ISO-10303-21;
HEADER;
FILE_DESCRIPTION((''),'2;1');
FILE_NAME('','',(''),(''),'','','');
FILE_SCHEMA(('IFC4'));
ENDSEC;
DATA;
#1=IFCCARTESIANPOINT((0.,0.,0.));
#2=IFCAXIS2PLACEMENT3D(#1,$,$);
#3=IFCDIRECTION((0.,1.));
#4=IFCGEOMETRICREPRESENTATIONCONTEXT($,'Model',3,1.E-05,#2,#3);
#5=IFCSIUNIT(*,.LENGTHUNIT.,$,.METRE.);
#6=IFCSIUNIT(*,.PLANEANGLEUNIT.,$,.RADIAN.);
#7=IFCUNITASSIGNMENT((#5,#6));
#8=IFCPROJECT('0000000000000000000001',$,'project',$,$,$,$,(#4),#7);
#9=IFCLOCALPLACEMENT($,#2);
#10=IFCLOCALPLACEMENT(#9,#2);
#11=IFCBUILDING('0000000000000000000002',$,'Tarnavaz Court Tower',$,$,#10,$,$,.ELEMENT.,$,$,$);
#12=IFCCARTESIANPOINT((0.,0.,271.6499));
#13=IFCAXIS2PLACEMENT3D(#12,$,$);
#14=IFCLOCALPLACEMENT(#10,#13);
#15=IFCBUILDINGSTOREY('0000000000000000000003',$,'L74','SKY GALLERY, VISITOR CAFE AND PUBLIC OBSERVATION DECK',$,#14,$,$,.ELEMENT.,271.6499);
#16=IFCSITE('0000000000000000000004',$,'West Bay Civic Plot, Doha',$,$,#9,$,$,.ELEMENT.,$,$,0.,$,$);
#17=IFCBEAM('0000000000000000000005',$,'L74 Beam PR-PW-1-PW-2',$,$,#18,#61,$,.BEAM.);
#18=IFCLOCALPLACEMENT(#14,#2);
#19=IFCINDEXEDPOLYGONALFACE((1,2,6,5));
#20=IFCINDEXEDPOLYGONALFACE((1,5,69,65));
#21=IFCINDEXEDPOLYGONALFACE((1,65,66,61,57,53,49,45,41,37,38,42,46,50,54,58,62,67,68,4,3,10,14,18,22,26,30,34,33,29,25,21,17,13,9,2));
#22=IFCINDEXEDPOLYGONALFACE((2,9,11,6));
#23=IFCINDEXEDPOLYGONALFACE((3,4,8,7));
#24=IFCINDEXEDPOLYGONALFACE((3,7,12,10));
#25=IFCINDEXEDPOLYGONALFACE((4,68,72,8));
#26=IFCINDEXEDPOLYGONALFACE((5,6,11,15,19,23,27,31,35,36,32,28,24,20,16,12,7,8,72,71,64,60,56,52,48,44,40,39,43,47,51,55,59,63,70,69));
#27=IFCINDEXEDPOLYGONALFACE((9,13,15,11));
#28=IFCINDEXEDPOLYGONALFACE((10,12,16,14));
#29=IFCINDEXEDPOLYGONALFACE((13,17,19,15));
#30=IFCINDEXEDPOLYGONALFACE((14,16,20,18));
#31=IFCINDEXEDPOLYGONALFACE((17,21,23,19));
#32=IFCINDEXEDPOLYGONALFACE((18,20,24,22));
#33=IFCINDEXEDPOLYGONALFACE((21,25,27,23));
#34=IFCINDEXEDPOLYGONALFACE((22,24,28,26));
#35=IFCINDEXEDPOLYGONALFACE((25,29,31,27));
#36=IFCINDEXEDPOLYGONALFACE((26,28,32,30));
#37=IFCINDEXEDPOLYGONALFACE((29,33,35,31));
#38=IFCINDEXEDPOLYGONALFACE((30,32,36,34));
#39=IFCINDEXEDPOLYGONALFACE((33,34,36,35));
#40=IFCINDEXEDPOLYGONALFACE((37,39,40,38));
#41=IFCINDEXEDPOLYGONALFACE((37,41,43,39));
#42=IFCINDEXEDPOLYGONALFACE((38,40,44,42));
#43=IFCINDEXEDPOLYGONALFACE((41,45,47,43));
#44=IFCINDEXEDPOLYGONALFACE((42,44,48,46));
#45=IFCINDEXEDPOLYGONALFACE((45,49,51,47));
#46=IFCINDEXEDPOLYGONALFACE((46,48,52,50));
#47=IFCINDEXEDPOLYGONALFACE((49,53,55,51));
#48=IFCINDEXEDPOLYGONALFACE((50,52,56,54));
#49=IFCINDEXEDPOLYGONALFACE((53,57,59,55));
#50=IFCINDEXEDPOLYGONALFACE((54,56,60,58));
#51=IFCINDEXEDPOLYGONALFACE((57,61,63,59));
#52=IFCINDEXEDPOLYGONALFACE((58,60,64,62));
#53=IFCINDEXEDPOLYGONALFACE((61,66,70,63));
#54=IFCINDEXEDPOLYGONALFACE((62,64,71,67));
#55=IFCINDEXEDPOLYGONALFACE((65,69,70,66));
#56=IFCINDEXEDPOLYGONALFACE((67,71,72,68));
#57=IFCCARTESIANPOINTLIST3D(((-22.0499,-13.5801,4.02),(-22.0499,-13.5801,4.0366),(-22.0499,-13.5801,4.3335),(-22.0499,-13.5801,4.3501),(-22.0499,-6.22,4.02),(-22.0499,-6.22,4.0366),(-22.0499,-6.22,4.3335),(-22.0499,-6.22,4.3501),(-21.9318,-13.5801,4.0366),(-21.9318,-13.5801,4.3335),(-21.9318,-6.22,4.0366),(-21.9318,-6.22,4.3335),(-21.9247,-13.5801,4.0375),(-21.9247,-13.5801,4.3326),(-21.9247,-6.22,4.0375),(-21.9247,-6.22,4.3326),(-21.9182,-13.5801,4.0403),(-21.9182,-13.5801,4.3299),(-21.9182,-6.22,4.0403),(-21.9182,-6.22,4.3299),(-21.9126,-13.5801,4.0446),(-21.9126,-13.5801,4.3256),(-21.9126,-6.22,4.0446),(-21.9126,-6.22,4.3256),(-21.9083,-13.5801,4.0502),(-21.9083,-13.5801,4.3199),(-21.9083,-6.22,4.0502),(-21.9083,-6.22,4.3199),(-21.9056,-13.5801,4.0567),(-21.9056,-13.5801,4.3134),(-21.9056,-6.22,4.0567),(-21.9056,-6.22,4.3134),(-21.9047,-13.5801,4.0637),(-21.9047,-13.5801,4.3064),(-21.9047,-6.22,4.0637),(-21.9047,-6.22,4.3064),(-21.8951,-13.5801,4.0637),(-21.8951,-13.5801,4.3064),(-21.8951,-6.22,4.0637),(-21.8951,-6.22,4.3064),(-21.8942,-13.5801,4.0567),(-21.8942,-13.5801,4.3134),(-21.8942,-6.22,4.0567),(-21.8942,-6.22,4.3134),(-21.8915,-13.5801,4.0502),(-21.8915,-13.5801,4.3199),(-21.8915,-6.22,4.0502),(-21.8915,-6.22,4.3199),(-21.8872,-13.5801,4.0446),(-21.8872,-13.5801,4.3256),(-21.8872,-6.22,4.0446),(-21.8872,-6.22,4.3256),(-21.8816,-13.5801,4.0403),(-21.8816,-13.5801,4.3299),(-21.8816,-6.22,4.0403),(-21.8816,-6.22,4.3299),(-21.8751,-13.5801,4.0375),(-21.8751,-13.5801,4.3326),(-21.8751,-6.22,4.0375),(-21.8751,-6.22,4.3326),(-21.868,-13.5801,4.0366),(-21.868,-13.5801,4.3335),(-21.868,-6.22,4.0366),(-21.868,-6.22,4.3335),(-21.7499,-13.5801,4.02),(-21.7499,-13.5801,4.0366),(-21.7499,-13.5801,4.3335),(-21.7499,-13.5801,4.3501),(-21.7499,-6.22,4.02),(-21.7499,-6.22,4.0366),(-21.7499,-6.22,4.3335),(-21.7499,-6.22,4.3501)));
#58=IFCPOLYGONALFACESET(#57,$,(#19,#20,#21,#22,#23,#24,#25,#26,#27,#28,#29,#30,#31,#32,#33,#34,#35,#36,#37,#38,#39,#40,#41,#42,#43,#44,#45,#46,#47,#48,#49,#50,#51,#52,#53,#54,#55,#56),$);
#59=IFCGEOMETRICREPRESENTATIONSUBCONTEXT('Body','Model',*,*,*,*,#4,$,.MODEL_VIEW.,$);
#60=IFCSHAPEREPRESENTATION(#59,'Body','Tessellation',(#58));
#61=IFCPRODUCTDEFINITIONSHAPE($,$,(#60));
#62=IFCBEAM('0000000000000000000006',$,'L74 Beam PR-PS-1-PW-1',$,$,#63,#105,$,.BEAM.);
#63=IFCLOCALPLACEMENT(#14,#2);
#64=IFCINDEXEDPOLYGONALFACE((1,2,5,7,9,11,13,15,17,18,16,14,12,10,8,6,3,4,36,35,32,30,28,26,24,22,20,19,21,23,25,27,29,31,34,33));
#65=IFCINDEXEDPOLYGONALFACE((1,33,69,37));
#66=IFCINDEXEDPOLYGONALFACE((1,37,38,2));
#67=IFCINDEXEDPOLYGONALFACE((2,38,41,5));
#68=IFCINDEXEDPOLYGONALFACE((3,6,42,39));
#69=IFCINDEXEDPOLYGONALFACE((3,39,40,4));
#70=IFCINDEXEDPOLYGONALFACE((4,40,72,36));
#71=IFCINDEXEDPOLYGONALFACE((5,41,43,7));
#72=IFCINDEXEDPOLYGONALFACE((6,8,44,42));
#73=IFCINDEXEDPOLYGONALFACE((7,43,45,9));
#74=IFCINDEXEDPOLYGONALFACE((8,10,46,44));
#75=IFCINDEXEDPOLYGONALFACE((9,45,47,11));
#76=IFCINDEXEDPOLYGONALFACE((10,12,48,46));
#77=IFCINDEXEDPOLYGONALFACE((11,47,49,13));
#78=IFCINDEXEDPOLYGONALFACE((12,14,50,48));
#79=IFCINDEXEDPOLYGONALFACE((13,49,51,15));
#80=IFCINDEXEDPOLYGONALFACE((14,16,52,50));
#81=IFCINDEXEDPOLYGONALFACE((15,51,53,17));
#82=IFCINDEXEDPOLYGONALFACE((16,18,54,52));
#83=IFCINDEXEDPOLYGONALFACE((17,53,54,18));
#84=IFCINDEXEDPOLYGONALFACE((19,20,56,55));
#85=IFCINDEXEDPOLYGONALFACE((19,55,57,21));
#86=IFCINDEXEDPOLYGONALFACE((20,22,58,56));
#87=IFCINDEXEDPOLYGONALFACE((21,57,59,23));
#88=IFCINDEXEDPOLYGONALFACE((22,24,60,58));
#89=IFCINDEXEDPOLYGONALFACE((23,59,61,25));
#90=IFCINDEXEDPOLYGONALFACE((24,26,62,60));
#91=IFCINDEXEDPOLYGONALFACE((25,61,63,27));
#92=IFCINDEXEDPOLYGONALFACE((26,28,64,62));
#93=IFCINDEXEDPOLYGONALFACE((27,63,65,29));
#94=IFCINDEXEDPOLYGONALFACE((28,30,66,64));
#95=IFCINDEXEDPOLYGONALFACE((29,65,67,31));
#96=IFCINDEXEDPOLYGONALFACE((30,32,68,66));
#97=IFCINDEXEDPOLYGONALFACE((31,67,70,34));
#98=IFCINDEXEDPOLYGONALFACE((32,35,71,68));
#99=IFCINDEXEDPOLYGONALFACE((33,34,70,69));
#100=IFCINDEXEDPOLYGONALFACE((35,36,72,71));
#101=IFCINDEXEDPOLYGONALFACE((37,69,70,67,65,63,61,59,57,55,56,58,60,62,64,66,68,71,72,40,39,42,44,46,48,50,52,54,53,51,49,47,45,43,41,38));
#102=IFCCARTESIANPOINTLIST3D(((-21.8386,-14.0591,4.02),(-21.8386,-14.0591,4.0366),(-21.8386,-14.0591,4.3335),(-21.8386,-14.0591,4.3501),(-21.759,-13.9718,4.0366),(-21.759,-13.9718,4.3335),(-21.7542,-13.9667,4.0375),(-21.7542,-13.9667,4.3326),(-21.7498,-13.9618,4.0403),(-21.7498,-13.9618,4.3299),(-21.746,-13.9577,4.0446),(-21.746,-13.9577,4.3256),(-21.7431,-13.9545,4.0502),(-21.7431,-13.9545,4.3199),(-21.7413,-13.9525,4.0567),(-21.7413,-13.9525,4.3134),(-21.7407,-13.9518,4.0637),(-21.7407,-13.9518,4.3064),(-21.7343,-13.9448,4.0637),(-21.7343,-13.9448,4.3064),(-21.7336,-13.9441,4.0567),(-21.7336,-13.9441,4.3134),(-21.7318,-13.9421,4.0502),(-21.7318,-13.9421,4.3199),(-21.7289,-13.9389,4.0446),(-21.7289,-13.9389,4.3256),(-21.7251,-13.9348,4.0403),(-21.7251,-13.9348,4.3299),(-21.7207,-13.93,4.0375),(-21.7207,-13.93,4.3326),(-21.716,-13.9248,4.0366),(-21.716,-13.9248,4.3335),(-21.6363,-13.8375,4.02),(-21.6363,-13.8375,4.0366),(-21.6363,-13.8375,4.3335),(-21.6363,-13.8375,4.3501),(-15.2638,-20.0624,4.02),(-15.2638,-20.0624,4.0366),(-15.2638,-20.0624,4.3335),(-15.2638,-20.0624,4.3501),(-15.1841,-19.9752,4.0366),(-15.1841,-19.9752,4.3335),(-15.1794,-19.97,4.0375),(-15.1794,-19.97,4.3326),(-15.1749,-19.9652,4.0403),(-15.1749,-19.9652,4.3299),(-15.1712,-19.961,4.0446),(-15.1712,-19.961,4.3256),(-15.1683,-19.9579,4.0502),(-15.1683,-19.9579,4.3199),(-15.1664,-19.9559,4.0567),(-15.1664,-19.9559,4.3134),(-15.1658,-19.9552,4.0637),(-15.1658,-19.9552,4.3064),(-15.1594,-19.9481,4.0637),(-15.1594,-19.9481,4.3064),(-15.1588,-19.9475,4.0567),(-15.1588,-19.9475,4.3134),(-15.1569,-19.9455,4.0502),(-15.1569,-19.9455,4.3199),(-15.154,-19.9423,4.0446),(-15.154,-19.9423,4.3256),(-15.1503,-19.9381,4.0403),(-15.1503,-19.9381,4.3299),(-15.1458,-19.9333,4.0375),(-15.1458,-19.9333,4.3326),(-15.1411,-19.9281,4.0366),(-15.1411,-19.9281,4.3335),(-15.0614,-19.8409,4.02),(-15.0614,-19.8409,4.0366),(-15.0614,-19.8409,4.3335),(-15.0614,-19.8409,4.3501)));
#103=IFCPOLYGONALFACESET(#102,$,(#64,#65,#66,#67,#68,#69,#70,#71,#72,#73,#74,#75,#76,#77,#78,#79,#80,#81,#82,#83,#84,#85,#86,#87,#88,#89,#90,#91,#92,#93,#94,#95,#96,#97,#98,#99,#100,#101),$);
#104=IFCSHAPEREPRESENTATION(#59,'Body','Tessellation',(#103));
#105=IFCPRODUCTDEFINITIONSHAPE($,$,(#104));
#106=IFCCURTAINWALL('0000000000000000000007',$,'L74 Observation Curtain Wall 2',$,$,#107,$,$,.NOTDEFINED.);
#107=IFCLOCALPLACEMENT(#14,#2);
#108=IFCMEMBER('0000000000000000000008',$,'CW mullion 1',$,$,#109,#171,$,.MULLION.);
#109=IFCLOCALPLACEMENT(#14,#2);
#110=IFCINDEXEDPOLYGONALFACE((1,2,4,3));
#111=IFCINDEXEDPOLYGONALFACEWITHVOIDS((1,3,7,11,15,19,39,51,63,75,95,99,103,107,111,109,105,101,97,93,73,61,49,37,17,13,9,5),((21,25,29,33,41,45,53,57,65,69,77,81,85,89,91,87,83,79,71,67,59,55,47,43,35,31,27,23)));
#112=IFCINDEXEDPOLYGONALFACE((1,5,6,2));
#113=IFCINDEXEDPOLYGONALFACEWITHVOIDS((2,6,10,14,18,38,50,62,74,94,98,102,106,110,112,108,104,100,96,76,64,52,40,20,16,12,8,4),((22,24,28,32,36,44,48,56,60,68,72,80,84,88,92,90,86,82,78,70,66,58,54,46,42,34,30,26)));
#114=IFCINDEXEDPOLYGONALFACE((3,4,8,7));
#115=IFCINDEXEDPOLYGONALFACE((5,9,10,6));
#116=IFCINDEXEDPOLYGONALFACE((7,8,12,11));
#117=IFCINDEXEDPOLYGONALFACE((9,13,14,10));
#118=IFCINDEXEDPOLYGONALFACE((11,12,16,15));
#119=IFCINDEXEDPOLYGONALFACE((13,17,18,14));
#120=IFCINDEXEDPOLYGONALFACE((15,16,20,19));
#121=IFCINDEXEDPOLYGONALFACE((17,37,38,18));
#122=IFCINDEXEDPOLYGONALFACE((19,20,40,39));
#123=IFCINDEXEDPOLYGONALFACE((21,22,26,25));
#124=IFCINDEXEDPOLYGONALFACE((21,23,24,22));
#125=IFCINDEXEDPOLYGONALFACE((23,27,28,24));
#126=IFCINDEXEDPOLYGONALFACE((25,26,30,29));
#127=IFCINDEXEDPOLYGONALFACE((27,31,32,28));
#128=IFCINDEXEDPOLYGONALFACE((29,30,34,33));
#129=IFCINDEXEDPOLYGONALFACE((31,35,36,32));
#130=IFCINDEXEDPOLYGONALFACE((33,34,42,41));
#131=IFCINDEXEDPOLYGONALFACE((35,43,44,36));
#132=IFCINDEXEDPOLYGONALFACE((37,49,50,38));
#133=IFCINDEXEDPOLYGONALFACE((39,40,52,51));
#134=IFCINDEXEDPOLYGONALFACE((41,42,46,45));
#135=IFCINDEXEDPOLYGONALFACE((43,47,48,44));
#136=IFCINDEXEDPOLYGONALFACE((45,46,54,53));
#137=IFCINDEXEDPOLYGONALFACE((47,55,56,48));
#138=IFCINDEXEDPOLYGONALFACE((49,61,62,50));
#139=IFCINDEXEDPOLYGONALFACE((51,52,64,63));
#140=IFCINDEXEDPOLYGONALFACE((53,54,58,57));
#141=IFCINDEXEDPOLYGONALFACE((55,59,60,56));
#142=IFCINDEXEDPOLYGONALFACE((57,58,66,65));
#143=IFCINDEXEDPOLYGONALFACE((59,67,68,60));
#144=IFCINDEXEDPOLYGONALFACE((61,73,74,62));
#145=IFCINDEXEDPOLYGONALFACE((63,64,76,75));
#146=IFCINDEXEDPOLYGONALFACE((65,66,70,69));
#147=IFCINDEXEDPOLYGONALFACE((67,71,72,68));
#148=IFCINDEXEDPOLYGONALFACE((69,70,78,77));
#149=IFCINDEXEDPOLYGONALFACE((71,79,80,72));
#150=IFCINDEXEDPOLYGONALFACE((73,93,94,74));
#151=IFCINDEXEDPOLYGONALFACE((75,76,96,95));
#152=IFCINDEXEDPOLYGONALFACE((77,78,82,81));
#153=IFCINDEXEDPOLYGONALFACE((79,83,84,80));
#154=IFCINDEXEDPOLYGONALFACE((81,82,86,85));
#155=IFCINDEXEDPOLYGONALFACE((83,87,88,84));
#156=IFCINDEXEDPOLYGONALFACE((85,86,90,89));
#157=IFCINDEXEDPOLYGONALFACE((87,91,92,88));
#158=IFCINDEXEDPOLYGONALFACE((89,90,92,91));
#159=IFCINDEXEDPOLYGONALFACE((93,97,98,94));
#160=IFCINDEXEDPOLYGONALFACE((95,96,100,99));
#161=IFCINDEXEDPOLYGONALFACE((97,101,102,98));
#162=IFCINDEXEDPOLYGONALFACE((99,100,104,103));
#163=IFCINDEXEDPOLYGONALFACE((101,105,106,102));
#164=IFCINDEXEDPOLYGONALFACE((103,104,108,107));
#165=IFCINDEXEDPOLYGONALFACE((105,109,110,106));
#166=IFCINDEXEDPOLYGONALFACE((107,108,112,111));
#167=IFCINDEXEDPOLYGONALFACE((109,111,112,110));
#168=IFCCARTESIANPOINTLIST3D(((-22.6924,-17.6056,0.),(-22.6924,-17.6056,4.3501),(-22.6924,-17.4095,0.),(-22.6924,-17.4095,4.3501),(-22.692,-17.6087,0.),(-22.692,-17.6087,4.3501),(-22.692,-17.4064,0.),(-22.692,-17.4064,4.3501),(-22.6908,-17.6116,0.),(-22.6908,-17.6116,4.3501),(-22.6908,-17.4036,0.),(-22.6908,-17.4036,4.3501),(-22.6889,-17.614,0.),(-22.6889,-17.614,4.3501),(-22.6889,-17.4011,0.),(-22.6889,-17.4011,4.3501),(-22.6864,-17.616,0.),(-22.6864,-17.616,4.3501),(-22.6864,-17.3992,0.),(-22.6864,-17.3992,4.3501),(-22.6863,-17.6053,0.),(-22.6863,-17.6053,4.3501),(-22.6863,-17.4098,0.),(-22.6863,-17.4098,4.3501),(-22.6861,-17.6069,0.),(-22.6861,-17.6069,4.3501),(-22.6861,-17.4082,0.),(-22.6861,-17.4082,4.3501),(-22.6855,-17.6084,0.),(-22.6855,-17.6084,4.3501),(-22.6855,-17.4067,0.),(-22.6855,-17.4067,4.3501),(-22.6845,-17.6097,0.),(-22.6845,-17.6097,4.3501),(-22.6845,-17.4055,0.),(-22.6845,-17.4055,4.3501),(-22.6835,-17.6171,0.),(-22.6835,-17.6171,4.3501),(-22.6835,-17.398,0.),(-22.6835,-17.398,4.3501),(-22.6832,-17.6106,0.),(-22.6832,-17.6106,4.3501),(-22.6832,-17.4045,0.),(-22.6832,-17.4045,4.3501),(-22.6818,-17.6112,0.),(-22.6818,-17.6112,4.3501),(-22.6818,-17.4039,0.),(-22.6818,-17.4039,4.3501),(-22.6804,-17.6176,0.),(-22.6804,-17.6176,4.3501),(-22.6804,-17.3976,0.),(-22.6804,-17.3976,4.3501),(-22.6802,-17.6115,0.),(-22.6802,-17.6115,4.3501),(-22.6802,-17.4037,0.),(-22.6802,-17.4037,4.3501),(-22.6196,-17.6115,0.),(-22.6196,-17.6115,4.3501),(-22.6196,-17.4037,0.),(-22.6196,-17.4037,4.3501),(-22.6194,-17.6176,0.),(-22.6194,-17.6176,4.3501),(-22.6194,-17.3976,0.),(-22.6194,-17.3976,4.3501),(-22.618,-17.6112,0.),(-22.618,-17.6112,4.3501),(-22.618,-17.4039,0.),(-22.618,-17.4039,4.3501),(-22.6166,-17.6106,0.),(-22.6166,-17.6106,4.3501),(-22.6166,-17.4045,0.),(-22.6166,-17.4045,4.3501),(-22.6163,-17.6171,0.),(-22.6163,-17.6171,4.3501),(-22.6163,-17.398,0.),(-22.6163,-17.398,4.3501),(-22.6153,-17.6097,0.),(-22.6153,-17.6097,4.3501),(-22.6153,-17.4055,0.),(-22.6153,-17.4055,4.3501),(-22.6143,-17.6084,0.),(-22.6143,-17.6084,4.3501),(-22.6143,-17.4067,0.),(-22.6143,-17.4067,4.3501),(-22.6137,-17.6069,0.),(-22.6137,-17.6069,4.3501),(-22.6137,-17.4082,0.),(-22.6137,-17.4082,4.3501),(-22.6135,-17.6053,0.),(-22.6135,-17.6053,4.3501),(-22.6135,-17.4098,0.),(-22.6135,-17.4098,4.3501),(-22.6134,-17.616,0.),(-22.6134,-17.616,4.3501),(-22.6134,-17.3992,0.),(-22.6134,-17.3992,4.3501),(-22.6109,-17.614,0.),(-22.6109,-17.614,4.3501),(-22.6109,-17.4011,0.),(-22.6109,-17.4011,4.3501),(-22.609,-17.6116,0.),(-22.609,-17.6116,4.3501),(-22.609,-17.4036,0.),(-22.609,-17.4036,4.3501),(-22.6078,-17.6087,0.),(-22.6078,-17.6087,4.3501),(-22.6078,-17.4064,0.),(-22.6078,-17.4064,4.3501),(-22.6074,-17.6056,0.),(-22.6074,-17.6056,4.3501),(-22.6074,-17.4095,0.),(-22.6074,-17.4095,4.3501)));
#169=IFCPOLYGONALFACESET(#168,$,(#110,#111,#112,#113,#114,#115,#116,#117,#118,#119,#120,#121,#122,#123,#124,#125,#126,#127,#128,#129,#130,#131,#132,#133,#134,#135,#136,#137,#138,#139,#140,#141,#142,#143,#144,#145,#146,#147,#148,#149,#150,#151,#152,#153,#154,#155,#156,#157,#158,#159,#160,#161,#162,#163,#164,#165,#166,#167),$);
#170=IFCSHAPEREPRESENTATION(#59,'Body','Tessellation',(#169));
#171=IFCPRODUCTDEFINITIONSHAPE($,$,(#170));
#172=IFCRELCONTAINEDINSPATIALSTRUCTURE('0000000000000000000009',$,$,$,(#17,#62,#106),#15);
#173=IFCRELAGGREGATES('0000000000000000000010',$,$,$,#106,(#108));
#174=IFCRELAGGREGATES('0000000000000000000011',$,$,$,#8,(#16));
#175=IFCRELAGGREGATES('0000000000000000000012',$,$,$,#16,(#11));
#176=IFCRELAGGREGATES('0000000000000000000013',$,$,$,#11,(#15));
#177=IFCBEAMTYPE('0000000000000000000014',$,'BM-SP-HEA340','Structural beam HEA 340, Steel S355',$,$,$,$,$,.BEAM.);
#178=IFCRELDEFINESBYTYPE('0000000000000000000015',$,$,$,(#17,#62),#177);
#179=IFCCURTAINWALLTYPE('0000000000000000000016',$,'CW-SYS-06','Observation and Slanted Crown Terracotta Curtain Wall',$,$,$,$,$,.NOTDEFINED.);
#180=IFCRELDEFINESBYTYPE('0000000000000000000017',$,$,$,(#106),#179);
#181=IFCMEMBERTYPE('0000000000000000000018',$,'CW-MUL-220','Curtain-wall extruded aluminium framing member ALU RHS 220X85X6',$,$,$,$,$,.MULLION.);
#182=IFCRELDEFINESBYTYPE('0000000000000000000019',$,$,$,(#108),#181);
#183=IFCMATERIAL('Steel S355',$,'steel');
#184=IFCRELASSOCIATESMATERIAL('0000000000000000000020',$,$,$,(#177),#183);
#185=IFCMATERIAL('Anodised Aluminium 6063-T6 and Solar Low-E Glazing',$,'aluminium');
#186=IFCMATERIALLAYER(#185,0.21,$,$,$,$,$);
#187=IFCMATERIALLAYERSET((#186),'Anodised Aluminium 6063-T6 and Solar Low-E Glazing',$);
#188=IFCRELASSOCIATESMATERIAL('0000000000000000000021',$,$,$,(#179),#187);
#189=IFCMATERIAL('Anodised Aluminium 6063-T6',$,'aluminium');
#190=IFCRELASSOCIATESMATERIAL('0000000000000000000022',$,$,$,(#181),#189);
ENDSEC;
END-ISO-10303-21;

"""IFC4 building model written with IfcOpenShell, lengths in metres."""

from ifc_helpers import new_model, si_unit, direction, frame, origin, origin_2d, place, context, subcontext, project, spatial, hollow_rectangle, i_section, extrude, material, layer, layer_set, material_profile, profile_set, type_object, element, aggregate, save


model = new_model("IFC4")

# Units and contexts
model_context = context("Model", 3, precision=1e-05, world=origin(), true_north=direction((0.0, 1.0)))
body_context = subcontext(model_context, "Body", "Model", "MODEL_VIEW")
ifc_project = project(units=[si_unit("LENGTHUNIT", "METRE"), si_unit("PLANEANGLEUNIT", "RADIAN")], contexts=[model_context])

# Site, building, storey
site_placement = place(None, origin())
site = spatial("IfcSite", under=ifc_project, at=site_placement, Name="West Bay Civic Plot, Doha", CompositionType="ELEMENT", RefElevation=0.0)
building_placement = place(site_placement, origin())
building = spatial("IfcBuilding", under=site, at=building_placement, Name="Tarnavaz Court Tower", CompositionType="ELEMENT")
storey_placement = place(building_placement, frame((0.0, 0.0, 271.6499)))
storey = spatial("IfcBuildingStorey", under=building, at=storey_placement, Name="L74", Description="SKY GALLERY, VISITOR CAFE AND PUBLIC OBSERVATION DECK", CompositionType="ELEMENT", Elevation=271.6499)

# Beams
ifc_material_1 = material(Name="Steel S355", Category="steel")
ifc_material_profile_1 = material_profile(ifc_material_1, i_section(OverallWidth=0.3, OverallDepth=0.3301, WebThickness=0.0095, FlangeThickness=0.0166, FilletRadius=0.0271, at=origin_2d()), Name="HEA 340")
ifc_profile_set_1 = profile_set([ifc_material_profile_1], Name="Steel S355")
beam_type_1 = type_object("IfcBeamType", Name="BM-SP-HEA340", Description="Structural beam HEA 340, Steel S355", PredefinedType="BEAM", material=ifc_profile_set_1)
beam_1_placement = place(storey_placement, frame((-21.8999, -13.5801, 4.1851), z_axis=(0.0, 1.0, 0.0), x_axis=(-1.0, 0.0, 0.0)))
element("IfcBeam", 1, at=beam_1_placement, inside=storey, type_object=beam_type_1, Name="L74 Beam PR-PW-1-PW-2", PredefinedType="BEAM", context=body_context, shape_type="SweptSolid", body=[
    extrude(i_section(OverallWidth=0.3, OverallDepth=0.3301, WebThickness=0.0095, FlangeThickness=0.0166, FilletRadius=0.0271, at=origin_2d()), origin(), (0.0, 0.0, 1.0), 7.3601),
])
beam_2_placement = place(storey_placement, frame((-15.1626, -19.9517, 4.1851), z_axis=(-0.738474, 0.674282, 0.0), x_axis=(-0.674282, -0.738474, 0.0)))
element("IfcBeam", 2, at=beam_2_placement, inside=storey, type_object=beam_type_1, Name="L74 Beam PR-PS-1-PW-1", PredefinedType="BEAM", context=body_context, shape_type="SweptSolid", body=[
    extrude(i_section(OverallWidth=0.3, OverallDepth=0.3301, WebThickness=0.0095, FlangeThickness=0.0166, FilletRadius=0.0271, at=origin_2d()), origin(), (0.0, 0.0, 1.0), 8.9033),
])

# Curtain wall, member
ifc_material_2 = material(Name="Anodised Aluminium 6063-T6 and Solar Low-E Glazing", Category="aluminium")
ifc_layer_1 = layer(ifc_material_2, 0.21)
ifc_layer_set_1 = layer_set([ifc_layer_1], Name="Anodised Aluminium 6063-T6 and Solar Low-E Glazing")
curtain_wall_type = type_object("IfcCurtainWallType", Name="CW-SYS-06", Description="Observation and Slanted Crown Terracotta Curtain Wall", PredefinedType="NOTDEFINED", material=ifc_layer_set_1)
curtain_wall_placement = place(storey_placement, origin())
curtain_wall = element("IfcCurtainWall", 3, at=curtain_wall_placement, inside=storey, type_object=curtain_wall_type, Name="L74 Observation Curtain Wall 2", PredefinedType="NOTDEFINED")
ifc_material_3 = material(Name="Anodised Aluminium 6063-T6", Category="aluminium")
ifc_material_profile_2 = material_profile(ifc_material_3, hollow_rectangle(XDim=0.085, YDim=0.22, WallThickness=0.0061, InnerFilletRadius=0.0061, OuterFilletRadius=0.012, at=origin_2d()), Name="ALU RHS 220X85X6")
ifc_profile_set_2 = profile_set([ifc_material_profile_2], Name="Anodised Aluminium 6063-T6")
member_type_1 = type_object("IfcMemberType", Name="CW-MUL-220", Description="Curtain-wall extruded aluminium framing member ALU RHS 220X85X6", PredefinedType="MULLION", material=ifc_profile_set_2)
member_1_placement = place(storey_placement, frame((-22.6499, -17.5076, 0.0), z_axis=(0.0, 0.0, 1.0), x_axis=(-1.0, 0.0, 0.0)))
member_1 = element("IfcMember", 4, at=member_1_placement, type_object=member_type_1, Name="CW mullion 1", PredefinedType="MULLION", context=body_context, shape_type="SweptSolid", body=[
    extrude(hollow_rectangle(XDim=0.085, YDim=0.22, WallThickness=0.0061, InnerFilletRadius=0.0061, OuterFilletRadius=0.012, at=origin_2d()), origin(), (0.0, 0.0, 1.0), 4.3501),
])
aggregate(curtain_wall, [member_1])

save(model, "model.ifc")
